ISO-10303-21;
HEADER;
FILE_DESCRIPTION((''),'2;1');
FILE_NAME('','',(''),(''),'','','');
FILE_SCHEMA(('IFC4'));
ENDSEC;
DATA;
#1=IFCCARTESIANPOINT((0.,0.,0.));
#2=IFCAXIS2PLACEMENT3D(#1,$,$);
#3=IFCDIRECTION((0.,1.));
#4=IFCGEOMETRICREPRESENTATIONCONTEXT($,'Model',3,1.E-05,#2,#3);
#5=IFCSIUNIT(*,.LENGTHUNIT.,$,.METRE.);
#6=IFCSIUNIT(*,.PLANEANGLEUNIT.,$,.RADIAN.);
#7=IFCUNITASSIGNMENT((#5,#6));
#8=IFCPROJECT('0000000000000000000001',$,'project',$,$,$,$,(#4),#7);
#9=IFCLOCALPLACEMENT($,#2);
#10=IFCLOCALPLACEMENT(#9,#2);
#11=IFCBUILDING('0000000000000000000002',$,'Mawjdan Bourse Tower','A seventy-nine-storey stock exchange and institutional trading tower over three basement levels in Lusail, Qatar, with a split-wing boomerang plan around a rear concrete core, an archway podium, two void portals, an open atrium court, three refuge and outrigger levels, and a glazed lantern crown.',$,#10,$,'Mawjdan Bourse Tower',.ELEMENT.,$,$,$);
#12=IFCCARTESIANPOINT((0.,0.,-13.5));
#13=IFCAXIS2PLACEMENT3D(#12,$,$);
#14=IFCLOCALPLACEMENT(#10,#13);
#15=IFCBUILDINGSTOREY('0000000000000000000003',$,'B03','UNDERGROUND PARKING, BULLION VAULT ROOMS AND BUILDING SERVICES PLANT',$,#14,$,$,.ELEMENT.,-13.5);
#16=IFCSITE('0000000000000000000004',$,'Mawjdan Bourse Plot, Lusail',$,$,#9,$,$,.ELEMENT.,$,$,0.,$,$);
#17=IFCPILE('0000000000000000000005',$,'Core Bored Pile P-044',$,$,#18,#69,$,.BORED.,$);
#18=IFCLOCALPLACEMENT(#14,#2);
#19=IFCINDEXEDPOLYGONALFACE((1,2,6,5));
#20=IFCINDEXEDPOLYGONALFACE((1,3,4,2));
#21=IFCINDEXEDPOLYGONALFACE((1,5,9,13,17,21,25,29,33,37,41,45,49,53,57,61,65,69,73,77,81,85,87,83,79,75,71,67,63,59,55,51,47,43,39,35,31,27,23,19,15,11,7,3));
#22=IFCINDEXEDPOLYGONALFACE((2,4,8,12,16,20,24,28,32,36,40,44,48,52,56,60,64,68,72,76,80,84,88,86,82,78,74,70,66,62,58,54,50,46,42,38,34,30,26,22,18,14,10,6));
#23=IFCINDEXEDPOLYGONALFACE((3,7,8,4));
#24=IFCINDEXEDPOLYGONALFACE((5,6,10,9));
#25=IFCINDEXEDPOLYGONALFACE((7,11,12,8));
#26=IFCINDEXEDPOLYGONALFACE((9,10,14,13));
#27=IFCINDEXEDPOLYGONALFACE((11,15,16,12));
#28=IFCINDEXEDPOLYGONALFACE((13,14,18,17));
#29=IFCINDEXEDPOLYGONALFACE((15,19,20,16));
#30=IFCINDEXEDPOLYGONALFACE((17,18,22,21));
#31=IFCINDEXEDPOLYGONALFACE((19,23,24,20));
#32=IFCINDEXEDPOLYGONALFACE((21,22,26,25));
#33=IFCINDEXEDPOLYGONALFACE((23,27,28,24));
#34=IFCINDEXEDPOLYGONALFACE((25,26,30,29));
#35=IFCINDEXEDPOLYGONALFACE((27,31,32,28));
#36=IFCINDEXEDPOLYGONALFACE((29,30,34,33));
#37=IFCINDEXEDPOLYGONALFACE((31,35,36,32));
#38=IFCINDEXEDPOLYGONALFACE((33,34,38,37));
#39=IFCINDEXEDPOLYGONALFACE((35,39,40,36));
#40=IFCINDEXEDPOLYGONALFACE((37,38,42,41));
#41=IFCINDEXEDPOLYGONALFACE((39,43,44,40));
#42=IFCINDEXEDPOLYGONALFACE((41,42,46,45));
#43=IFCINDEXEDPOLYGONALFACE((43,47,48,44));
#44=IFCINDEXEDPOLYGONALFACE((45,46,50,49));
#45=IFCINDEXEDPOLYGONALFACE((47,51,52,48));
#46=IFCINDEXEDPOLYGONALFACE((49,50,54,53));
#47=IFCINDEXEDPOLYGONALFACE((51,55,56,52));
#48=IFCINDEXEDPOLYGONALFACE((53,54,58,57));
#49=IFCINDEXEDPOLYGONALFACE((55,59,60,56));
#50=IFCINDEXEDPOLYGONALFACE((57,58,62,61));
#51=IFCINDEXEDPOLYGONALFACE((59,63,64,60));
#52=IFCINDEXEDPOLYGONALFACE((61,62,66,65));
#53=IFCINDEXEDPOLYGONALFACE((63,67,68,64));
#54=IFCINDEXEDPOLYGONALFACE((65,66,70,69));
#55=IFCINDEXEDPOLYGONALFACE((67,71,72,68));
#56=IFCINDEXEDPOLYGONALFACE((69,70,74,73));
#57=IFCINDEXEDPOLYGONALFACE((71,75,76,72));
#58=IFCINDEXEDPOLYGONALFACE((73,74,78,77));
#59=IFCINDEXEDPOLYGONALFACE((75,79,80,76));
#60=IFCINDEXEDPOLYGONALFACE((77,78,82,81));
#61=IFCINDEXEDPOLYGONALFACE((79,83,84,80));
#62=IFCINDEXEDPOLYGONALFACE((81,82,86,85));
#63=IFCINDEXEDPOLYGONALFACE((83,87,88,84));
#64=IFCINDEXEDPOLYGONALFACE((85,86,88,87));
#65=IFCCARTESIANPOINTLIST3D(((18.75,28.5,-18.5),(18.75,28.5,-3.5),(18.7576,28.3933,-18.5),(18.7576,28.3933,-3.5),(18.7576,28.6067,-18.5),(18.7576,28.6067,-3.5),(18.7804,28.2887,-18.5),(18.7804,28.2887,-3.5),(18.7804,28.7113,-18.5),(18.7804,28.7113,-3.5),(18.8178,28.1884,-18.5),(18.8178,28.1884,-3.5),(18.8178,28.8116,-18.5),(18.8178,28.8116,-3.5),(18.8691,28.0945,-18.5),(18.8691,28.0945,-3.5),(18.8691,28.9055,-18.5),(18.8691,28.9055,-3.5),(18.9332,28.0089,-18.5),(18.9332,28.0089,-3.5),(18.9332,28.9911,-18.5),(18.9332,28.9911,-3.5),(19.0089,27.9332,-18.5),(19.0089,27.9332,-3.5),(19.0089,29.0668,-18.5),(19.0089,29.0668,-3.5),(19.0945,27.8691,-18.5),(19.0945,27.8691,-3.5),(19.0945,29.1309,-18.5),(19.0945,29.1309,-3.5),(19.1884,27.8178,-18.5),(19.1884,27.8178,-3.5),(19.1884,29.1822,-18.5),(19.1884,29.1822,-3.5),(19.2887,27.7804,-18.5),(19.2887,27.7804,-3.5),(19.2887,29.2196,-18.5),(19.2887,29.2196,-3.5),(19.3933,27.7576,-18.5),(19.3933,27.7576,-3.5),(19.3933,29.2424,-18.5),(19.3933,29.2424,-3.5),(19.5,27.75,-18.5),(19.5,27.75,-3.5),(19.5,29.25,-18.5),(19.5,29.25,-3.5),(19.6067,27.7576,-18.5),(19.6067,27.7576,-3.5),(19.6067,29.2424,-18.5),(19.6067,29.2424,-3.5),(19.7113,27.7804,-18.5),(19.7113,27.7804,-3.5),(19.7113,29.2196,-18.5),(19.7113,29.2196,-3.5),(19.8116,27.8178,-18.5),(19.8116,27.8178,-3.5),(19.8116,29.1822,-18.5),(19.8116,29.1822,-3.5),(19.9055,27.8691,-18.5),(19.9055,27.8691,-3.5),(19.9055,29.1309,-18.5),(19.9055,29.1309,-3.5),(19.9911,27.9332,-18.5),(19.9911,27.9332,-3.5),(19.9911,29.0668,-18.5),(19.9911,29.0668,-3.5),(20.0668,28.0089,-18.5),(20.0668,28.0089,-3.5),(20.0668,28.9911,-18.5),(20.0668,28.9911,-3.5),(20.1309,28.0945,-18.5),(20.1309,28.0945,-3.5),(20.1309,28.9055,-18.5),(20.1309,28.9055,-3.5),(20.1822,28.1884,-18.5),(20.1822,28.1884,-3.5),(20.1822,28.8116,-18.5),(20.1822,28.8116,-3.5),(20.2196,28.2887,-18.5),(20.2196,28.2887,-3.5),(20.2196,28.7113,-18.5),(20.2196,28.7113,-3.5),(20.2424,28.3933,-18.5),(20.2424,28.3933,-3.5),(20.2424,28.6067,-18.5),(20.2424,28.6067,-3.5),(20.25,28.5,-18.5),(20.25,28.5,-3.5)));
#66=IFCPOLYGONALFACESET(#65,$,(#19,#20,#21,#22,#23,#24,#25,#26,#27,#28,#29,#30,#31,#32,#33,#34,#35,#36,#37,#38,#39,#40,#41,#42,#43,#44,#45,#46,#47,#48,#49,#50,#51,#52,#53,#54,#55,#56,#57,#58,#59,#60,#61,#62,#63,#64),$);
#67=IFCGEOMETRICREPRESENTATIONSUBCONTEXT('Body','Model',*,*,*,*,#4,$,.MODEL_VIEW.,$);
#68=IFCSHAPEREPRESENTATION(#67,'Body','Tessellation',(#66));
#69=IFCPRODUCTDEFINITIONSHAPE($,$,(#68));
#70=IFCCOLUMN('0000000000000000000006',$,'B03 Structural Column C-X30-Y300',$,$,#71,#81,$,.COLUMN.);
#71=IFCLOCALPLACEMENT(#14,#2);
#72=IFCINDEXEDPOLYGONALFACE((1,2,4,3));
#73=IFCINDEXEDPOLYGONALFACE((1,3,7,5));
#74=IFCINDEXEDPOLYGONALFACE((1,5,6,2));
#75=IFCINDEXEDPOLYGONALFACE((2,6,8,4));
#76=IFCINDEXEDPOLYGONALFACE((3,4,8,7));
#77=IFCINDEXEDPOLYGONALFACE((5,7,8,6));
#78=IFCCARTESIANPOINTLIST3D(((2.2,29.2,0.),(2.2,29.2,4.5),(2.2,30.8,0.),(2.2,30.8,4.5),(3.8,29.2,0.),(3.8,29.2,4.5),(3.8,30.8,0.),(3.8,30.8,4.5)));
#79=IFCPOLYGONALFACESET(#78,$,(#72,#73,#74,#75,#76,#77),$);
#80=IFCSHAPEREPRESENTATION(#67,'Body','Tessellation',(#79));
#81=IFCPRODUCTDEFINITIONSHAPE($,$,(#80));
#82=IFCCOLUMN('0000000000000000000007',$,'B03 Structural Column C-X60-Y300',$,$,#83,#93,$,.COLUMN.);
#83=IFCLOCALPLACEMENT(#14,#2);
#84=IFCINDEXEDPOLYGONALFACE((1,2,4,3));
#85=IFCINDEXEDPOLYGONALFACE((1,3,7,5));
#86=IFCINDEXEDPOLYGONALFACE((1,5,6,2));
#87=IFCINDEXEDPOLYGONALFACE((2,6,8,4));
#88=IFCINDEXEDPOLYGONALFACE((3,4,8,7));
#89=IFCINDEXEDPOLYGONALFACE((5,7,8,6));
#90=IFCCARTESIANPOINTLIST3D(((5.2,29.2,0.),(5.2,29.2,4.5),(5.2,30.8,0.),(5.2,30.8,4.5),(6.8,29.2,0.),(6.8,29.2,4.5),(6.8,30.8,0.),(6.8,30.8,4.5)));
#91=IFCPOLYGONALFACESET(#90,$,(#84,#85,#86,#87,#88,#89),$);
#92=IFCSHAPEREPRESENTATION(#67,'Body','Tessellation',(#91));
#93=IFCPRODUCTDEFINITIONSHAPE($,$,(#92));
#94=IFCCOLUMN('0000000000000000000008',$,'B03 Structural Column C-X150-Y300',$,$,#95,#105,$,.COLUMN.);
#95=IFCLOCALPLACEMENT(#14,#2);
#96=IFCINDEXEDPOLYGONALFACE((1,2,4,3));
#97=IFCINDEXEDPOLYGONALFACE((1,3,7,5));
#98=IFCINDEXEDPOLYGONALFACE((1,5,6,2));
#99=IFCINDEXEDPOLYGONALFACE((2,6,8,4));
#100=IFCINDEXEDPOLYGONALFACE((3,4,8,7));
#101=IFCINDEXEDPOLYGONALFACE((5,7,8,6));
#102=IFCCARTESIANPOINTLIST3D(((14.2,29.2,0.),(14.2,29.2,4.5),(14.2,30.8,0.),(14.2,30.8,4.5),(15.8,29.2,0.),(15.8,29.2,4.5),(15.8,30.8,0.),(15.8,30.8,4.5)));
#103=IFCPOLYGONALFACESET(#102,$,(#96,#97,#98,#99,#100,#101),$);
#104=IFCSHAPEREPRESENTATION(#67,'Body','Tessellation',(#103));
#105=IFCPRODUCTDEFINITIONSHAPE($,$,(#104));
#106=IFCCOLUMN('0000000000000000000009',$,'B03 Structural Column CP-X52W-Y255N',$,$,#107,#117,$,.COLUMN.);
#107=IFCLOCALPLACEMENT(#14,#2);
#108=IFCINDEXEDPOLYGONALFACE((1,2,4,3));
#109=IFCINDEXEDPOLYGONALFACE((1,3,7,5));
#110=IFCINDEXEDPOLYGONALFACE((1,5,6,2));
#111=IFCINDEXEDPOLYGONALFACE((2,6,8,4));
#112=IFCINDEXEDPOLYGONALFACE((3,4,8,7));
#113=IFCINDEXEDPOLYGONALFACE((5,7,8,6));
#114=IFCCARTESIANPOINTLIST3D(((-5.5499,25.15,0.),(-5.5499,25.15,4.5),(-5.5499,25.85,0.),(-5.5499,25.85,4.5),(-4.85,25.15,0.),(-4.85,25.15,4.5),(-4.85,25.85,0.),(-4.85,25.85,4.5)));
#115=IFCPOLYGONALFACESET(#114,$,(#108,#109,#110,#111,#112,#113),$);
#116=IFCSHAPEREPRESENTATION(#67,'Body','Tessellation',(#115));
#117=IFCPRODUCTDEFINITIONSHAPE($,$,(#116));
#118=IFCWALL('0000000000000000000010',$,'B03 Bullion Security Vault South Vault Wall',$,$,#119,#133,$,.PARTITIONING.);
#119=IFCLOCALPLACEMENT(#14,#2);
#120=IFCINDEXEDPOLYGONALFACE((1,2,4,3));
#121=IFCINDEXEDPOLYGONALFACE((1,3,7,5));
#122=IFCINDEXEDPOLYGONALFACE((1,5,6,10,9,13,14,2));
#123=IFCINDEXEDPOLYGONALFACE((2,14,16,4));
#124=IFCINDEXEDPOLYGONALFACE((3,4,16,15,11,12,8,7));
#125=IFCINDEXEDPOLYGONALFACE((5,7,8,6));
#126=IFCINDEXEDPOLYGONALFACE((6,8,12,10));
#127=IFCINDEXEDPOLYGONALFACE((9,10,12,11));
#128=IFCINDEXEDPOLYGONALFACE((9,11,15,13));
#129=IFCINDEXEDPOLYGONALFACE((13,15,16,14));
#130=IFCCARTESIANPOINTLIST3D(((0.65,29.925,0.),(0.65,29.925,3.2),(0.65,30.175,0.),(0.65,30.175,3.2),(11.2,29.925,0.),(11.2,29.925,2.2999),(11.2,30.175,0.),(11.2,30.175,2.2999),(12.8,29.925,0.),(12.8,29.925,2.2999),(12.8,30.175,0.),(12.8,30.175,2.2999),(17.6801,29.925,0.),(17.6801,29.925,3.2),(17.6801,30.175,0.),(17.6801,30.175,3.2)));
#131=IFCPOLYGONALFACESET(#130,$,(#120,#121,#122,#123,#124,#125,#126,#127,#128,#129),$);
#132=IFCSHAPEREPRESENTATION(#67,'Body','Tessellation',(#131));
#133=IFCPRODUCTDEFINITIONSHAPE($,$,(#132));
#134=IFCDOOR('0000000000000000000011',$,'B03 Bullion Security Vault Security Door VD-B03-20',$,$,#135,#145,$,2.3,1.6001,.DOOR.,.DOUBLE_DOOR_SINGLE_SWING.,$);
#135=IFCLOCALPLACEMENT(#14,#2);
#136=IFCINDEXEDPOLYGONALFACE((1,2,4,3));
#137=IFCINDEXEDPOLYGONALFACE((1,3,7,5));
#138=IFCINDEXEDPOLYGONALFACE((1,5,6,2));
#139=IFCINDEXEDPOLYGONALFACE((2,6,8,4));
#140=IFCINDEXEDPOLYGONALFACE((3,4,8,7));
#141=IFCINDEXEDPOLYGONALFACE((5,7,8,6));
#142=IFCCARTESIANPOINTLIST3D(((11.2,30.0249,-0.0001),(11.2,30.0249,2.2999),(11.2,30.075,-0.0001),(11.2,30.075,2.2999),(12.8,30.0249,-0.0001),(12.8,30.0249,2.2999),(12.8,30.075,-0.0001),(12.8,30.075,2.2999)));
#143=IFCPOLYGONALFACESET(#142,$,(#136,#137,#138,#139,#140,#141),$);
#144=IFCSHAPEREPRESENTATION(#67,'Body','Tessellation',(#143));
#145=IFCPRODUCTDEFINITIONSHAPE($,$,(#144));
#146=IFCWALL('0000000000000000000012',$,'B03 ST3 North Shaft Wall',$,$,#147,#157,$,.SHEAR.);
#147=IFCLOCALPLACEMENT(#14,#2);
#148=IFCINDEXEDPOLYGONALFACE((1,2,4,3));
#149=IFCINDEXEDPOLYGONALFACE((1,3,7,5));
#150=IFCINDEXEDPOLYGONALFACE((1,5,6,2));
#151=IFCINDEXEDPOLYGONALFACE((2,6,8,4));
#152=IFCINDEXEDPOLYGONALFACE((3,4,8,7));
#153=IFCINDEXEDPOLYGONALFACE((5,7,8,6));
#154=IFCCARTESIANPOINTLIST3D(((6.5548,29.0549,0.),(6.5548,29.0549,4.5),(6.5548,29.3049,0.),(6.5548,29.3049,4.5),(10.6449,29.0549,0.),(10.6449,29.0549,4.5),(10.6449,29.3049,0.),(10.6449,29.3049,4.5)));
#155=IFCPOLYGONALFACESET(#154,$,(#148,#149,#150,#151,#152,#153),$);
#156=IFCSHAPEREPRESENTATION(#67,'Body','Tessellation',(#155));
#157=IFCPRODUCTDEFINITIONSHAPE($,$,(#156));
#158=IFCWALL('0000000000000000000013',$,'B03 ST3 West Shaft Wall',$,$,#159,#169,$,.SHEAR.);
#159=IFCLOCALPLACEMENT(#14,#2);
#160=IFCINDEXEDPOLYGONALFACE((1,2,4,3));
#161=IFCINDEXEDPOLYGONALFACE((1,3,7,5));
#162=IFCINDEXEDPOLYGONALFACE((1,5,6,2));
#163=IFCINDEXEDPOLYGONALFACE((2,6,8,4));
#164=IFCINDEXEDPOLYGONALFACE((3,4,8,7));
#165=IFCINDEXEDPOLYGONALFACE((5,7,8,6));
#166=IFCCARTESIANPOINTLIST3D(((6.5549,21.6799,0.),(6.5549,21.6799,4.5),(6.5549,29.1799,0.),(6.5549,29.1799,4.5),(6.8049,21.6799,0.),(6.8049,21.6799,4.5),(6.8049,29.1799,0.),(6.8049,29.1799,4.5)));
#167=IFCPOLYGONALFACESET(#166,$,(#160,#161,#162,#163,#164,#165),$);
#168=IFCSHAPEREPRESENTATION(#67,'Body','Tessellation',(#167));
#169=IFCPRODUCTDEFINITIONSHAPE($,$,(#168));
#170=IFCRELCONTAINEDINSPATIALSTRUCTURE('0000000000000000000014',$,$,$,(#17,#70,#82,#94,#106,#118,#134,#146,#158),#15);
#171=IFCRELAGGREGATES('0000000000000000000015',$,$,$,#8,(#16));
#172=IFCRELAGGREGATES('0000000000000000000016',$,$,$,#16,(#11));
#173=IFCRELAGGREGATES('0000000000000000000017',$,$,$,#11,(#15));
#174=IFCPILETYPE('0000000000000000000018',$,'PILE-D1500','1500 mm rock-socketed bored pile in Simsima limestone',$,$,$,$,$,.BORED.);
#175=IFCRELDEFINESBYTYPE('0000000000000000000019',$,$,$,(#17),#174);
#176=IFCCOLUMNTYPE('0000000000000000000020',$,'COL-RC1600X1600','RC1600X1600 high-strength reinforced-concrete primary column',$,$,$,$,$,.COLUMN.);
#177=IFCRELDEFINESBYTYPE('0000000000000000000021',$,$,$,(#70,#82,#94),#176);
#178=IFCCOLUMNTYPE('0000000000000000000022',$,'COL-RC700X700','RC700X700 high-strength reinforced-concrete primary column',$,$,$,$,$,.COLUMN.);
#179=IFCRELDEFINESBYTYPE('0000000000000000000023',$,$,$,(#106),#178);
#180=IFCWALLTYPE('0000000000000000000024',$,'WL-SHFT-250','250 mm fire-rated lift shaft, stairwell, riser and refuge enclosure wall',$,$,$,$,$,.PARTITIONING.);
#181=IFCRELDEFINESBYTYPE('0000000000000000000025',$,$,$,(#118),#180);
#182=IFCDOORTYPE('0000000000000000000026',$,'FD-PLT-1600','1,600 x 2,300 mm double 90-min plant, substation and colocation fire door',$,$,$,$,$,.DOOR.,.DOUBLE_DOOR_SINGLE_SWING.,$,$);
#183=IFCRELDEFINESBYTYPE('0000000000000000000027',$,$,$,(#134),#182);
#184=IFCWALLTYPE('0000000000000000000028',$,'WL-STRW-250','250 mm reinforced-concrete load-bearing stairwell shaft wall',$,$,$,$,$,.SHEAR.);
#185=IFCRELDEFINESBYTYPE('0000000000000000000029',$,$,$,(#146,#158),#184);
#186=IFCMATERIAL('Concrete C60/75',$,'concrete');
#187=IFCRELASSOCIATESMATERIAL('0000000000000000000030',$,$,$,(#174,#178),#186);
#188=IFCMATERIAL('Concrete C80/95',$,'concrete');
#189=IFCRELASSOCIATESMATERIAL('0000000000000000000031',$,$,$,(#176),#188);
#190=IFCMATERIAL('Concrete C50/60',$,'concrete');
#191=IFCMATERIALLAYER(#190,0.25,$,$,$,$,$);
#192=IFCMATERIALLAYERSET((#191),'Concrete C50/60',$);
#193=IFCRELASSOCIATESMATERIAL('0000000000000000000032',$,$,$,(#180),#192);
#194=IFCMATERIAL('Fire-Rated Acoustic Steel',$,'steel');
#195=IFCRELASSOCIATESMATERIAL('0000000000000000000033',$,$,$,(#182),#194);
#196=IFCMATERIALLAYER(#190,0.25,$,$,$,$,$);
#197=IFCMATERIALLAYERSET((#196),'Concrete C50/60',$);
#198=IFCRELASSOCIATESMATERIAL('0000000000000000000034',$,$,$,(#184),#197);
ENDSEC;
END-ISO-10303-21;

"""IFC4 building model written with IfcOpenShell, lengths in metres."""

from ifc_helpers import new_model, si_unit, direction, frame, frame_2d, origin, origin_2d, place, context, subcontext, project, spatial, rectangle, circle, extrude, material, layer, layer_set, material_profile, profile_set, type_object, element, fill, save


model = new_model("IFC4")

# Units and contexts
model_context = context("Model", 3, precision=1e-05, world=origin(), true_north=direction((0.0, 1.0)))
body_context = subcontext(model_context, "Body", "Model", "MODEL_VIEW")
ifc_project = project(units=[si_unit("LENGTHUNIT", "METRE"), si_unit("PLANEANGLEUNIT", "RADIAN")], contexts=[model_context])

# Site, building, storey
site_placement = place(None, origin())
site = spatial("IfcSite", under=ifc_project, at=site_placement, Name="Mawjdan Bourse Plot, Lusail", CompositionType="ELEMENT", RefElevation=0.0)
building_placement = place(site_placement, origin())
building = spatial("IfcBuilding", under=site, at=building_placement, Name="Mawjdan Bourse Tower", Description="A seventy-nine-storey stock exchange and institutional trading tower over three basement levels in Lusail, Qatar, with a split-wing boomerang plan around a rear concrete core, an archway podium, two void portals, an open atrium court, three refuge and outrigger levels, and a glazed lantern crown.", LongName="Mawjdan Bourse Tower", CompositionType="ELEMENT")
storey_placement = place(building_placement, frame((0.0, 0.0, -13.5)))
storey = spatial("IfcBuildingStorey", under=building, at=storey_placement, Name="B03", Description="UNDERGROUND PARKING, BULLION VAULT ROOMS AND BUILDING SERVICES PLANT", CompositionType="ELEMENT", Elevation=-13.5)

# Shared definitions
ifc_material_1 = material(Name="Concrete C60/75", Category="concrete")

# Pile
ifc_material_profile_1 = material_profile(ifc_material_1, circle(Radius=0.75, at=origin_2d()), Name="PILE-D1500")
ifc_profile_set_1 = profile_set([ifc_material_profile_1], Name="Concrete C60/75")
pile_type = type_object("IfcPileType", Name="PILE-D1500", Description="1500 mm rock-socketed bored pile in Simsima limestone", PredefinedType="BORED", material=ifc_profile_set_1)
for number, where, z_axis, x_axis, name in (
    (1, (19.5, 28.5, -3.5), (0.0, 0.0, -1.0), (1.0, 0.0, 0.0), "Core Bored Pile P-044"),
):
    element("IfcPile", number, at=place(storey_placement, frame(where, z_axis=z_axis, x_axis=x_axis)), inside=storey, type_object=pile_type, Name=name, PredefinedType="BORED", context=body_context, shape_type="SweptSolid", body=[
        extrude(circle(Radius=0.75, at=origin_2d()), origin(), (0.0, 0.0, 1.0), 15.0),
    ])

# Columns
ifc_material_2 = material(Name="Concrete C80/95", Category="concrete")
ifc_material_profile_2 = material_profile(ifc_material_2, rectangle(XDim=1.6001, YDim=1.6001, at=origin_2d()), Name="RC1600X1600")
ifc_profile_set_2 = profile_set([ifc_material_profile_2], Name="Concrete C80/95")
column_type_1 = type_object("IfcColumnType", Name="COL-RC1600X1600", Description="RC1600X1600 high-strength reinforced-concrete primary column", PredefinedType="COLUMN", material=ifc_profile_set_2)
for number, where, z_axis, x_axis, name in (
    (2, (3.0, 30.0, 0.0), (0.0, 0.0, 1.0), (1.0, 0.0, 0.0), "B03 Structural Column C-X30-Y300"),
    (3, (6.0, 30.0, 0.0), (0.0, 0.0, 1.0), (1.0, 0.0, 0.0), "B03 Structural Column C-X60-Y300"),
    (4, (15.0, 30.0, 0.0), (0.0, 0.0, 1.0), (1.0, 0.0, 0.0), "B03 Structural Column C-X150-Y300"),
):
    element("IfcColumn", number, at=place(storey_placement, frame(where, z_axis=z_axis, x_axis=x_axis)), inside=storey, type_object=column_type_1, Name=name, PredefinedType="COLUMN", context=body_context, shape_type="SweptSolid", body=[
        extrude(rectangle(XDim=1.6001, YDim=1.6001, at=origin_2d()), origin(), (0.0, 0.0, 1.0), 4.5),
    ])
ifc_material_profile_3 = material_profile(ifc_material_1, rectangle(XDim=0.7, YDim=0.7, at=origin_2d()), Name="RC700X700")
ifc_profile_set_3 = profile_set([ifc_material_profile_3], Name="Concrete C60/75")
column_type_2 = type_object("IfcColumnType", Name="COL-RC700X700", Description="RC700X700 high-strength reinforced-concrete primary column", PredefinedType="COLUMN", material=ifc_profile_set_3)
column_placement = place(storey_placement, frame((-5.2, 25.5, 0.0), z_axis=(0.0, 0.0, 1.0), x_axis=(1.0, 0.0, 0.0)))
element("IfcColumn", 5, at=column_placement, inside=storey, type_object=column_type_2, Name="B03 Structural Column CP-X52W-Y255N", PredefinedType="COLUMN", context=body_context, shape_type="SweptSolid", body=[
    extrude(rectangle(XDim=0.7, YDim=0.7, at=origin_2d()), origin(), (0.0, 0.0, 1.0), 4.5),
])

# Wall, opening, door
ifc_material_3 = material(Name="Concrete C50/60", Category="concrete")
ifc_layer_1 = layer(ifc_material_3, 0.25)
ifc_layer_set_1 = layer_set([ifc_layer_1], Name="Concrete C50/60")
wall_type_1 = type_object("IfcWallType", Name="WL-SHFT-250", Description="250 mm fire-rated lift shaft, stairwell, riser and refuge enclosure wall", PredefinedType="PARTITIONING", material=ifc_layer_set_1)
wall_1_placement = place(storey_placement, frame((0.6499, 30.05, 0.0), z_axis=(0.0, 0.0, 1.0), x_axis=(1.0, 0.0, 0.0)))
wall_1 = element("IfcWall", 6, at=wall_1_placement, inside=storey, type_object=wall_type_1, Name="B03 Bullion Security Vault South Vault Wall", PredefinedType="PARTITIONING", context=body_context, shape_type="SweptSolid", body=[
    extrude(rectangle(XDim=17.03, YDim=0.25, at=frame_2d((8.5151, 0.0))), origin(), (0.0, 0.0, 1.0), 3.2),
])
opening_1_placement = place(wall_1_placement, frame((10.55, 0.0, 0.0)))
opening_1 = element("IfcOpeningElement", 7, at=opening_1_placement, cuts=wall_1, PredefinedType="OPENING", context=body_context, shape_type="SweptSolid", body=[
    extrude(rectangle(XDim=1.6001, YDim=2.3, at=frame_2d((0.8, 1.1499))), frame((0.0, 0.135, 0.0), z_axis=(0.0, -1.0, 0.0), x_axis=(1.0, 0.0, 0.0)), (0.0, 0.0, 1.0), 0.27),
])
ifc_material_4 = material(Name="Fire-Rated Acoustic Steel", Category="steel")
door_type_1 = type_object("IfcDoorType", Name="FD-PLT-1600", Description="1,600 x 2,300 mm double 90-min plant, substation and colocation fire door", OperationType="DOUBLE_DOOR_SINGLE_SWING", PredefinedType="DOOR", material=ifc_material_4)
door_1_placement = place(opening_1_placement, origin())
door_1 = element("IfcDoor", 8, at=door_1_placement, inside=storey, type_object=door_type_1, Name="B03 Bullion Security Vault Security Door VD-B03-20", OperationType="DOUBLE_DOOR_SINGLE_SWING", OverallHeight=2.3, OverallWidth=1.6001, PredefinedType="DOOR", context=body_context, shape_type="SweptSolid", body=[
    extrude(rectangle(XDim=1.6001, YDim=2.3, at=frame_2d((0.8, 1.1499))), frame((0.0, 0.0249, 0.0), z_axis=(0.0, -1.0, 0.0), x_axis=(1.0, 0.0, 0.0)), (0.0, 0.0, 1.0), 0.05),
])
fill(opening_1, door_1)

# Walls
ifc_layer_2 = layer(ifc_material_3, 0.25)
ifc_layer_set_2 = layer_set([ifc_layer_2], Name="Concrete C50/60")
wall_type_2 = type_object("IfcWallType", Name="WL-STRW-250", Description="250 mm reinforced-concrete load-bearing stairwell shaft wall", PredefinedType="SHEAR", material=ifc_layer_set_2)
wall_2_placement = place(storey_placement, frame((6.5549, 29.1799, 0.0), z_axis=(0.0, 0.0, 1.0), x_axis=(1.0, 0.0, 0.0)))
element("IfcWall", 9, at=wall_2_placement, inside=storey, type_object=wall_type_2, Name="B03 ST3 North Shaft Wall", PredefinedType="SHEAR", context=body_context, shape_type="SweptSolid", body=[
    extrude(rectangle(XDim=4.0901, YDim=0.25, at=frame_2d((2.0449, 0.0))), origin(), (0.0, 0.0, 1.0), 4.5),
])
wall_3_placement = place(storey_placement, frame((6.6799, 21.6799, 0.0), z_axis=(0.0, 0.0, 1.0), x_axis=(0.0, 1.0, 0.0)))
element("IfcWall", 10, at=wall_3_placement, inside=storey, type_object=wall_type_2, Name="B03 ST3 West Shaft Wall", PredefinedType="SHEAR", context=body_context, shape_type="SweptSolid", body=[
    extrude(rectangle(XDim=7.5, YDim=0.25, at=frame_2d((3.75, 0.0))), origin(), (0.0, 0.0, 1.0), 4.5),
])

save(model, "model.ifc")
